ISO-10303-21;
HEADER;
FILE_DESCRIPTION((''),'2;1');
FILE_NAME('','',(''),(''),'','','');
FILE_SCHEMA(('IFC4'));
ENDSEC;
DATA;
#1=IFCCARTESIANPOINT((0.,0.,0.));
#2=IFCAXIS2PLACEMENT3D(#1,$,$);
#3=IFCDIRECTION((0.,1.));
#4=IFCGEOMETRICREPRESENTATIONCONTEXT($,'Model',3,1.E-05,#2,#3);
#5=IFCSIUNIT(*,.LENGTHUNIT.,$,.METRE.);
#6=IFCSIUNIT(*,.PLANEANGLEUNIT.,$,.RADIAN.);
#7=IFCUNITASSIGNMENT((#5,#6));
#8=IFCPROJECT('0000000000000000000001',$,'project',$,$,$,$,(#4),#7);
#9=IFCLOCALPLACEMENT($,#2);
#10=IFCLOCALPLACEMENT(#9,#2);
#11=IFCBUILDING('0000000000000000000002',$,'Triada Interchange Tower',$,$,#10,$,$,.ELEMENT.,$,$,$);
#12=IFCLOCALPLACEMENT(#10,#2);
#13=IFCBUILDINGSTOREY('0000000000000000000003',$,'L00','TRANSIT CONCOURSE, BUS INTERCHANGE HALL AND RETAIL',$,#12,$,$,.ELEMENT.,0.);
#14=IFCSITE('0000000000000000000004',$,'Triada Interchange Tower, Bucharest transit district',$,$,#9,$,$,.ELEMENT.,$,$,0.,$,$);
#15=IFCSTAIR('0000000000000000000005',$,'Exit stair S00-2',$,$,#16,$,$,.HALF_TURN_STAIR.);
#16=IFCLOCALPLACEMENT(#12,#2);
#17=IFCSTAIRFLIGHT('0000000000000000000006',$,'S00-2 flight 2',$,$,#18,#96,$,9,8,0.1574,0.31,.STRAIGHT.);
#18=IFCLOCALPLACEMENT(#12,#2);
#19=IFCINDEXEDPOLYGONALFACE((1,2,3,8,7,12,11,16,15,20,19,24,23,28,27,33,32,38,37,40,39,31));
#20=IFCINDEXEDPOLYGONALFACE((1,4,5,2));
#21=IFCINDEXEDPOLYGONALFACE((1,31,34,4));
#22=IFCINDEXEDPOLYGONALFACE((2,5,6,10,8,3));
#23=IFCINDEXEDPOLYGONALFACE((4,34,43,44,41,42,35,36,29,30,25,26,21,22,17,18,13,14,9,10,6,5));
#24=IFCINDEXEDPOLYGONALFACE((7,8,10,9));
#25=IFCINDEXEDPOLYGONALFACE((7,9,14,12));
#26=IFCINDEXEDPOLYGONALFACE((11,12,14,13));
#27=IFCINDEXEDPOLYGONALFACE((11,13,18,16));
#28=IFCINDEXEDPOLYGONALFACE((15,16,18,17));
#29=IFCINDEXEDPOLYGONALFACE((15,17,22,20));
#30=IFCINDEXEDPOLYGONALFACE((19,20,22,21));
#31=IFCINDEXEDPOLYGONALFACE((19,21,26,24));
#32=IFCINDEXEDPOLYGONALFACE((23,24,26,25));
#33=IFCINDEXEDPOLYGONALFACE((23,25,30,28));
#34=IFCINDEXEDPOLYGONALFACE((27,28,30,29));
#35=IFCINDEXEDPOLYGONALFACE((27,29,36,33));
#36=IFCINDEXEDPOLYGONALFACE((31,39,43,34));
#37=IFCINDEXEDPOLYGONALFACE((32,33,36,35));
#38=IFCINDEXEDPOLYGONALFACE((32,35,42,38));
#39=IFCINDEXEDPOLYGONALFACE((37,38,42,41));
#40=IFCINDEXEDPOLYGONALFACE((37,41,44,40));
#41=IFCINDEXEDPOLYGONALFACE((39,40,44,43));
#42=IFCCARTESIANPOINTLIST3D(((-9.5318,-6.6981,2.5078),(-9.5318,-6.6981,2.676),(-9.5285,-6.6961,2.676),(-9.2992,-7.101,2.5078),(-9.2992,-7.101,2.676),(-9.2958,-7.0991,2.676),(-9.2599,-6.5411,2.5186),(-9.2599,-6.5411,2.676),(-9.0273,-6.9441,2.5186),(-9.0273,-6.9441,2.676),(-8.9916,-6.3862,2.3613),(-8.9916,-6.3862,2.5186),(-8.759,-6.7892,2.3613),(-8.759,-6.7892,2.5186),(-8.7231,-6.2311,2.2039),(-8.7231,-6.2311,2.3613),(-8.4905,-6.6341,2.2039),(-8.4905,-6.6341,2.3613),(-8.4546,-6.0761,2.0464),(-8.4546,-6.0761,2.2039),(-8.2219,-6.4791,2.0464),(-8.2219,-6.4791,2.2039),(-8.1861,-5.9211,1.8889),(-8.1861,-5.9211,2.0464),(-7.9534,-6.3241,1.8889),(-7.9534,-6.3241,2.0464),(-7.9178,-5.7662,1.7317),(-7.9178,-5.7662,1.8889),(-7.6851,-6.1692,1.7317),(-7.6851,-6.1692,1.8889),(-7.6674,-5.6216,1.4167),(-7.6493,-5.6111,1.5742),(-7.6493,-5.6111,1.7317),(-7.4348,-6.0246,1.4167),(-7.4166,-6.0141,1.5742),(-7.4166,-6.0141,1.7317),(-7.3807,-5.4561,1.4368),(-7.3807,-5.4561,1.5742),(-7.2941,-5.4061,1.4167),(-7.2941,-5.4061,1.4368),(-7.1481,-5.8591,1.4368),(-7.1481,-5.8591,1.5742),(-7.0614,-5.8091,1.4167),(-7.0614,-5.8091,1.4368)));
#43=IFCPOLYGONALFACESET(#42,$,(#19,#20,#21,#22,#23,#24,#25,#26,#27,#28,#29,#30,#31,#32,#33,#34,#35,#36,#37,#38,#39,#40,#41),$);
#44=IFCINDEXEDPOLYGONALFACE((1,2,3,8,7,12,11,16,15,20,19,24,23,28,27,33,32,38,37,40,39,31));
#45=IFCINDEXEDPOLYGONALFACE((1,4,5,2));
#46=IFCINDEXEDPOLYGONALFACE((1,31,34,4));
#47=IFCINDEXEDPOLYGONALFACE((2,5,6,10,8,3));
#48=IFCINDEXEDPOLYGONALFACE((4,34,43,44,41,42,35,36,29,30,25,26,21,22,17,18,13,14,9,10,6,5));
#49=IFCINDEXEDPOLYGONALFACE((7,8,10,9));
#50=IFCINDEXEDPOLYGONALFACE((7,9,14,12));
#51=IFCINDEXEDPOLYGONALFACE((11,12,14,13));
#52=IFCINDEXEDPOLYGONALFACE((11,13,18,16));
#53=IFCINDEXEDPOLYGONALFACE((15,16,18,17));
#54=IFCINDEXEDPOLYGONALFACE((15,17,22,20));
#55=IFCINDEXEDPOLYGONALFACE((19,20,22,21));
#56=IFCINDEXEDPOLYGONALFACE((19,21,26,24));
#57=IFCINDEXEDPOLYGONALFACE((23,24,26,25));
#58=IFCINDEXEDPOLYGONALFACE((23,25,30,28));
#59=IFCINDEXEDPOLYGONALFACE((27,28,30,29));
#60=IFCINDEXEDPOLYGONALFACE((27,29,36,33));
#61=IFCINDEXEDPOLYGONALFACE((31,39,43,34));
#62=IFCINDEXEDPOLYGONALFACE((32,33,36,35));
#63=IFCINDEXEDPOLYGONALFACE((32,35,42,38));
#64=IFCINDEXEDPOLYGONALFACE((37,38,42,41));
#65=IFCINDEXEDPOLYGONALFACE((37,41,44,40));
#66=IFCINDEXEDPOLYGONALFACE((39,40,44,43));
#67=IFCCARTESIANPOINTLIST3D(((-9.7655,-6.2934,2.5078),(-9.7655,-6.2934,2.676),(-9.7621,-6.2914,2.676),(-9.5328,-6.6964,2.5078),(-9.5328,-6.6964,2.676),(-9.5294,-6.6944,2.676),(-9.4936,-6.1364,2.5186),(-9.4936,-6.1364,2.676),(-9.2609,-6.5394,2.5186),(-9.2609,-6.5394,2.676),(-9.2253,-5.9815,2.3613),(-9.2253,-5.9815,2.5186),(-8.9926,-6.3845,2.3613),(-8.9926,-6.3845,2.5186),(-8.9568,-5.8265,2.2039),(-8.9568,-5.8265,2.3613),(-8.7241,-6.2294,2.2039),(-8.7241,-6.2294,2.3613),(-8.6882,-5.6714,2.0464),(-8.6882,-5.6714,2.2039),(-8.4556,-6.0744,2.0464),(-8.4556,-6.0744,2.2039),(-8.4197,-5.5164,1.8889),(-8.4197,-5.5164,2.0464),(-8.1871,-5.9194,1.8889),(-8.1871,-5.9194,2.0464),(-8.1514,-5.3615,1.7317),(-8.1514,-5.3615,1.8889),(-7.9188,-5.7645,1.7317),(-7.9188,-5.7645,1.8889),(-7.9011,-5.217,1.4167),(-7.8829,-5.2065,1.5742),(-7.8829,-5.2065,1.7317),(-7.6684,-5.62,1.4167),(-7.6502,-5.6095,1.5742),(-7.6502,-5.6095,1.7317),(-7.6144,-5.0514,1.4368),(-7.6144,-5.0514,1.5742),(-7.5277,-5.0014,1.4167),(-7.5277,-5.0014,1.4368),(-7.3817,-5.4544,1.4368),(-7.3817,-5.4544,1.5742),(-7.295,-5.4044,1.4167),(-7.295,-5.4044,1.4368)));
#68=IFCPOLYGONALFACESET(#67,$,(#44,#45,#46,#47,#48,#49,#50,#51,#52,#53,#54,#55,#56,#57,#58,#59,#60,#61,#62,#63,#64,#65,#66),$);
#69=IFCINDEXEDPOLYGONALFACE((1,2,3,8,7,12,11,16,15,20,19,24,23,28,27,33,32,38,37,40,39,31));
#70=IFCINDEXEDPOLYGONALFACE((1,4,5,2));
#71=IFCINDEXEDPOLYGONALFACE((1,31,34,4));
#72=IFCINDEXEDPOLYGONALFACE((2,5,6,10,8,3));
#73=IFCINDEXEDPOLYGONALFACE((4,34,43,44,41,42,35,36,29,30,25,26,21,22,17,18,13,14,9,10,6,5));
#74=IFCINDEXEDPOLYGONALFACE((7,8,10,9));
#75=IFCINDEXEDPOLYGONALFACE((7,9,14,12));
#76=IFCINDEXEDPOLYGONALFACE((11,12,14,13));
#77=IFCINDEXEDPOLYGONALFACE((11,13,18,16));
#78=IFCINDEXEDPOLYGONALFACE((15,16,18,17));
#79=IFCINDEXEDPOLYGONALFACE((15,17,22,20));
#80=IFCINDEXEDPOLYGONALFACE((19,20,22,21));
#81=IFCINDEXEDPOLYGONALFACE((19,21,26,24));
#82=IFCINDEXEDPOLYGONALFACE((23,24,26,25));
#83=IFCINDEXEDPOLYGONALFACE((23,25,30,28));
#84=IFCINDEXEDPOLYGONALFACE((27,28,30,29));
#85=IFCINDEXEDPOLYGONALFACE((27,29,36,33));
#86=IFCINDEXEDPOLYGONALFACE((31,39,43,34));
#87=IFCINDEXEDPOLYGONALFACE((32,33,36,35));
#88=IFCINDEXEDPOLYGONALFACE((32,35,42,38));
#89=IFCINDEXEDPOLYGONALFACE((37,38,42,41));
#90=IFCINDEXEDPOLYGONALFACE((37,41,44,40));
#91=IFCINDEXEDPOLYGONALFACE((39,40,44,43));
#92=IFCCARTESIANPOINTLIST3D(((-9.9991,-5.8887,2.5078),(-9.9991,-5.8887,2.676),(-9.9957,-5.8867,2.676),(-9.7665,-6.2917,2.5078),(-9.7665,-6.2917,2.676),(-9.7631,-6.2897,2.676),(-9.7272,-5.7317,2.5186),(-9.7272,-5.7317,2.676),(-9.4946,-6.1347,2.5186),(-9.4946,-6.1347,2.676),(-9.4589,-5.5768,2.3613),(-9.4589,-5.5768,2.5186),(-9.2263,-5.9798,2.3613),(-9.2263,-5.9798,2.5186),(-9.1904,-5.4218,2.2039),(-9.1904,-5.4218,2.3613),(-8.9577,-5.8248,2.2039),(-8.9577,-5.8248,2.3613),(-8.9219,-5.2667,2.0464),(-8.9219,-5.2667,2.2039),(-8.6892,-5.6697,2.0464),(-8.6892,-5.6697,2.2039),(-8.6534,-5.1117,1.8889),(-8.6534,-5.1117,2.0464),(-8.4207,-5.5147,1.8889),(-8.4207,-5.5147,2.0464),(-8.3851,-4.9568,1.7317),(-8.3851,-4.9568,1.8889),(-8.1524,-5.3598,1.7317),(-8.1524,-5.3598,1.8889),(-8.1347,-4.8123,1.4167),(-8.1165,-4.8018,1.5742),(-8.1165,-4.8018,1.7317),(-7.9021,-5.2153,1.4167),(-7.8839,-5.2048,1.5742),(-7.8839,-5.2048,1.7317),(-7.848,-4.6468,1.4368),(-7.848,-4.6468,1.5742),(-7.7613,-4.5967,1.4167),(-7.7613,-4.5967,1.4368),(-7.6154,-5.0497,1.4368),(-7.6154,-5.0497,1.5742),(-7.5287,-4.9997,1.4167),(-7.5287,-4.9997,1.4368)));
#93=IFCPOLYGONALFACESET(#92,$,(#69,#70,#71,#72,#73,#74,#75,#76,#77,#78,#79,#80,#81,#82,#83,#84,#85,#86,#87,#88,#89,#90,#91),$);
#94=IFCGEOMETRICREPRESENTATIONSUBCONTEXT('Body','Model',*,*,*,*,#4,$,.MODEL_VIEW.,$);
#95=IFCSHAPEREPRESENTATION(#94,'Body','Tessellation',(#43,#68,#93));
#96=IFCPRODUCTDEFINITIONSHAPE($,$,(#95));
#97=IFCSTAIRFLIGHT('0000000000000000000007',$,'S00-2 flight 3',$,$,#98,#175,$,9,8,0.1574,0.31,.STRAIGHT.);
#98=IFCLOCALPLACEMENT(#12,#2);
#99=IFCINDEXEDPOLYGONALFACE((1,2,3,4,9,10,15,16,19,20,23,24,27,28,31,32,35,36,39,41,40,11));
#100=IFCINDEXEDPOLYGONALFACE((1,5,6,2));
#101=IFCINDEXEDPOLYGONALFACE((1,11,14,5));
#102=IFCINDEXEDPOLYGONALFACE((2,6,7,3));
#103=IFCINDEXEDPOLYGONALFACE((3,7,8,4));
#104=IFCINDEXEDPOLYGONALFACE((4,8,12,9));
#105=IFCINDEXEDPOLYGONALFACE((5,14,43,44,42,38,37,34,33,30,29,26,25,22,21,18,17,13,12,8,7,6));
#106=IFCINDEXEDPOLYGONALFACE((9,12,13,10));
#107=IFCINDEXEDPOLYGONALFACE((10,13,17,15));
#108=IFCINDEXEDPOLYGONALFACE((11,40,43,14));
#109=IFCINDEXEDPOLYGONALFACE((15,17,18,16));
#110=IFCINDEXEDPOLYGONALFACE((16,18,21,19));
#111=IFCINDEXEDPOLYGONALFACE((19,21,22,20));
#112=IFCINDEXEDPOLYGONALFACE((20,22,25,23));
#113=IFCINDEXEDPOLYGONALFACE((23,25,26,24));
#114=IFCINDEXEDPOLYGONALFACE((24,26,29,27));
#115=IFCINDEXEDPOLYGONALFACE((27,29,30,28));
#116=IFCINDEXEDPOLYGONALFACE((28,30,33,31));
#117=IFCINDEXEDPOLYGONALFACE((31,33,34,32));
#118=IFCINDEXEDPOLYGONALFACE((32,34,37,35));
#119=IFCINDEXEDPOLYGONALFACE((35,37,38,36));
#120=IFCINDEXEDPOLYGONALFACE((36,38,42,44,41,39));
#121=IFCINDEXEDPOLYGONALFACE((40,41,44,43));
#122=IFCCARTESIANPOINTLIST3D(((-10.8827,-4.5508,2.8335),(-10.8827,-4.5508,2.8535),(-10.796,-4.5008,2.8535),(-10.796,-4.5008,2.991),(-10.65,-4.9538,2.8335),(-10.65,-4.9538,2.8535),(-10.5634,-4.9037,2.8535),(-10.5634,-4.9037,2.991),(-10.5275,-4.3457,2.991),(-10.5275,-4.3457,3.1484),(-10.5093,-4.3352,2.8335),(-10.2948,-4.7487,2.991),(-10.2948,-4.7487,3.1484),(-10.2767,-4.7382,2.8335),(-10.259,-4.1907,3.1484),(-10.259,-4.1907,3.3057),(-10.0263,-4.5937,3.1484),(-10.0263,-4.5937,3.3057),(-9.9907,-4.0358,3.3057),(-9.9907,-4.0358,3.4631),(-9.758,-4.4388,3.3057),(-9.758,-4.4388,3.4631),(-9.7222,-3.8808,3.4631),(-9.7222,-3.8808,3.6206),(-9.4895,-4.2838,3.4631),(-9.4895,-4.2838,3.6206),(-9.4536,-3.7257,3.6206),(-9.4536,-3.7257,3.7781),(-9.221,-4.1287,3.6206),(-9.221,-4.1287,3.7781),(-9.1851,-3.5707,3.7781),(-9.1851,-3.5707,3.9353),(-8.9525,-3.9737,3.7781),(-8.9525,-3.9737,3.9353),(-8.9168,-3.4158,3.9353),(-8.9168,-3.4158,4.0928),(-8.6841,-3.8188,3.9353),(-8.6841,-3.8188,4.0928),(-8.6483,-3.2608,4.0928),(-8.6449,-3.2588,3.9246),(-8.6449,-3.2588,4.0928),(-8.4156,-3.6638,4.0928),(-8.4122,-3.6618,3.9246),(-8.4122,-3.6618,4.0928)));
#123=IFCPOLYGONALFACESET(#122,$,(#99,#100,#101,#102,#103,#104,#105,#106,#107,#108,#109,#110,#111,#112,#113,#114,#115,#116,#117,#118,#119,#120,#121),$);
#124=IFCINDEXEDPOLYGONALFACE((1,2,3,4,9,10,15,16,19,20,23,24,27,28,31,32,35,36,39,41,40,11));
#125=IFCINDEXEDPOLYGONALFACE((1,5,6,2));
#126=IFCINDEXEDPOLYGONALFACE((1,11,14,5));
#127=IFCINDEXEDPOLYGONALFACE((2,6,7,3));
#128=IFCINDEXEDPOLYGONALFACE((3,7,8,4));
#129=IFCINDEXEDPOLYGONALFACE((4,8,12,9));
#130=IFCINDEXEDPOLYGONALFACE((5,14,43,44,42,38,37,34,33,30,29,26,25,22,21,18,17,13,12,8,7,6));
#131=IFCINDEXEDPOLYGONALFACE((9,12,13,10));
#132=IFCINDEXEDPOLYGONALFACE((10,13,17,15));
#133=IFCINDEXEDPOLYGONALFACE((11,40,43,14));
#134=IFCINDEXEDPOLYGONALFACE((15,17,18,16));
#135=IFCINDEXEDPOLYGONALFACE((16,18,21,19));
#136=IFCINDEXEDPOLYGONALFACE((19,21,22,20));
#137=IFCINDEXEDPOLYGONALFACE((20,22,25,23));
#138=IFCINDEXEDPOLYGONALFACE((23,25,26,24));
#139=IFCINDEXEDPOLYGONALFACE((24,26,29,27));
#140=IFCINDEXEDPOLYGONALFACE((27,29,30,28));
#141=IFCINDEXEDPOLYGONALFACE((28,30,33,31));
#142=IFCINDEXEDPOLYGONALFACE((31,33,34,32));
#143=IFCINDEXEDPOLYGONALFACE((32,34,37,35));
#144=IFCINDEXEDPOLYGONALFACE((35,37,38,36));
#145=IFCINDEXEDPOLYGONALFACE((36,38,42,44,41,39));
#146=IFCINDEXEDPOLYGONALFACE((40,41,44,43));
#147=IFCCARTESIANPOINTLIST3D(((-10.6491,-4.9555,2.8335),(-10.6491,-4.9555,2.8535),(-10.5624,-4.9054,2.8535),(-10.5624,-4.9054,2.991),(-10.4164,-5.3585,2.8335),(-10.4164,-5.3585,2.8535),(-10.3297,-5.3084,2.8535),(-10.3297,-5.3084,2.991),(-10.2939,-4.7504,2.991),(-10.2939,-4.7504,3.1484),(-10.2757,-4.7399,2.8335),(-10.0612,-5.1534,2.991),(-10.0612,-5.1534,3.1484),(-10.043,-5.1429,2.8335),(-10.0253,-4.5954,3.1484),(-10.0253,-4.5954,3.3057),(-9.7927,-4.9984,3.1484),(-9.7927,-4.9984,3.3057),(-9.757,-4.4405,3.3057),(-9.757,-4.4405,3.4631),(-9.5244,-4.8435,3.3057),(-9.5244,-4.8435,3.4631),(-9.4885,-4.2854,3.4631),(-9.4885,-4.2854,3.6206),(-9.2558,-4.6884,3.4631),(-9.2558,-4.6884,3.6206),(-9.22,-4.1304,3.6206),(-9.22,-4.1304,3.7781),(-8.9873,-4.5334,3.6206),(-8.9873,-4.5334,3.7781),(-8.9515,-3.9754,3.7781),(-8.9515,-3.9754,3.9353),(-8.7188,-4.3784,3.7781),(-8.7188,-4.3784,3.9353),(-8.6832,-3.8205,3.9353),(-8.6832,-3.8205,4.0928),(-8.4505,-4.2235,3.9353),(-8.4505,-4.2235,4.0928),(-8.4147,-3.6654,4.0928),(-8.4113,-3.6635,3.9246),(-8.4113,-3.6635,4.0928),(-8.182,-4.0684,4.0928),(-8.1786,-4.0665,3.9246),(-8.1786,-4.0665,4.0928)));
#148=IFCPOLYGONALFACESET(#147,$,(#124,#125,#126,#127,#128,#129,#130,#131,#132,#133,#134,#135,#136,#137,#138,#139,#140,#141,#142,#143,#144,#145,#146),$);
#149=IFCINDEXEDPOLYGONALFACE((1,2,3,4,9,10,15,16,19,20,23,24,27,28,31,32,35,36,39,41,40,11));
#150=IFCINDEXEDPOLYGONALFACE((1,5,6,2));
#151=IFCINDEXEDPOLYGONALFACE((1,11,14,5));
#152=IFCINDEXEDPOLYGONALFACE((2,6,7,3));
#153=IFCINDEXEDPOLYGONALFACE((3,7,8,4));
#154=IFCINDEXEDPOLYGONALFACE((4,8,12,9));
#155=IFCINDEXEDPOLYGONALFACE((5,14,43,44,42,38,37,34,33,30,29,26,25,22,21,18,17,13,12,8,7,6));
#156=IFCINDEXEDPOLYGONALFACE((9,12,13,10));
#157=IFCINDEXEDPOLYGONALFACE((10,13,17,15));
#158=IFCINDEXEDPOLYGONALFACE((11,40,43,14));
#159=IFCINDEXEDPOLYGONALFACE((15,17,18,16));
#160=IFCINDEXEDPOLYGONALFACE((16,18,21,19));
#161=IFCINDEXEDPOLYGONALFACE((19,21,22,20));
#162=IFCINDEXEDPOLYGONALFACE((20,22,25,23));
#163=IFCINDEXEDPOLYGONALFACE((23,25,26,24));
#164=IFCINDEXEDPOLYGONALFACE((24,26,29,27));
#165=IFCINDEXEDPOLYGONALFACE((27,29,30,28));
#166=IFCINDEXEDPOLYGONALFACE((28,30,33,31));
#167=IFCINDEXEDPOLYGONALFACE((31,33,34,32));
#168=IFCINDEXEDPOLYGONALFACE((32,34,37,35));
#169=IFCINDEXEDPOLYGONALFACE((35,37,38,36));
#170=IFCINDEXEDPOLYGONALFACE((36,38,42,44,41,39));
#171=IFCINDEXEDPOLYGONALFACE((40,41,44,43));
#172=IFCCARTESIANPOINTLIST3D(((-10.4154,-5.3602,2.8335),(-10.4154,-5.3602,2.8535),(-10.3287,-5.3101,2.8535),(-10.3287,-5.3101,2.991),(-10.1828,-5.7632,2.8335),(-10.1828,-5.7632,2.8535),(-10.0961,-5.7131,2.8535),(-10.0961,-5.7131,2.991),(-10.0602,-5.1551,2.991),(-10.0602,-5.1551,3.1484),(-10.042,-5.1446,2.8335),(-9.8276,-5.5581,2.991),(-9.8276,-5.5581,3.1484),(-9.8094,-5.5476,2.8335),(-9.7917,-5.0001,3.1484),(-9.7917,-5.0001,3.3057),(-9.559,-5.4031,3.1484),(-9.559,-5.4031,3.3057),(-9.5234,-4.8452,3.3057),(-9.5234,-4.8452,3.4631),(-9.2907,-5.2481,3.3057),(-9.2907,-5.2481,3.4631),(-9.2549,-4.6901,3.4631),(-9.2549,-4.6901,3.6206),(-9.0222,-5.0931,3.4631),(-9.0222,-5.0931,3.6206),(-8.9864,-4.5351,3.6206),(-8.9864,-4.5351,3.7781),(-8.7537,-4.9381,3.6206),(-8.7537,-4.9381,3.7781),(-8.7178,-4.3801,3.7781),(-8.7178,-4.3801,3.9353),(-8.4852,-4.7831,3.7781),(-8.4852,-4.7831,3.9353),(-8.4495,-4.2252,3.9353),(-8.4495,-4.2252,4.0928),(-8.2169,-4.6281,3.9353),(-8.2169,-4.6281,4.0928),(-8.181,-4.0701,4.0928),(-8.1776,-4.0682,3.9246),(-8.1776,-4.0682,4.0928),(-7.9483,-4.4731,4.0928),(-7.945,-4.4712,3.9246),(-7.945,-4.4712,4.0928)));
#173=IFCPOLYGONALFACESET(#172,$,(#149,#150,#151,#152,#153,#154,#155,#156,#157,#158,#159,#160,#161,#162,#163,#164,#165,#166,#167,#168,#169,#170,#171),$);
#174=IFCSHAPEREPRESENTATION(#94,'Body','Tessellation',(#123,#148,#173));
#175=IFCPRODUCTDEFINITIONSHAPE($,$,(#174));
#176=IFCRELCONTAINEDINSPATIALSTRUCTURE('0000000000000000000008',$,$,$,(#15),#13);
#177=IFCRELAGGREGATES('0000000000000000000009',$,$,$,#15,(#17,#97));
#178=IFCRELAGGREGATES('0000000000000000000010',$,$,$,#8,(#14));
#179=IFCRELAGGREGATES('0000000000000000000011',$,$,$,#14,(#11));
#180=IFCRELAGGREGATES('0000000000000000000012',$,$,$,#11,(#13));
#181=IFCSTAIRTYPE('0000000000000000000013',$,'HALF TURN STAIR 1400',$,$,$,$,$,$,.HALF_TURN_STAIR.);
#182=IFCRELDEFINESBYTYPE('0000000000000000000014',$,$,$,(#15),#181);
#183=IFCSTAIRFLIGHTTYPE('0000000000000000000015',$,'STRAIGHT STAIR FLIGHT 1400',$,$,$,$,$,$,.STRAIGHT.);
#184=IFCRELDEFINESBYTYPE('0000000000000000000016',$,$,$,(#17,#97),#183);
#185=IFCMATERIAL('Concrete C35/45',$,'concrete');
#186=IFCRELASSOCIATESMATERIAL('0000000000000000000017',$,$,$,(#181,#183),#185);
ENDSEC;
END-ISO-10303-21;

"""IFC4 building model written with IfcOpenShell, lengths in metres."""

from ifc_helpers import new_model, si_unit, direction, frame, origin, place, context, subcontext, project, spatial, polyline, outline, extrude, material, type_object, element, aggregate, save


model = new_model("IFC4")

# Units and contexts
model_context = context("Model", 3, precision=1e-05, world=origin(), true_north=direction((0.0, 1.0)))
body_context = subcontext(model_context, "Body", "Model", "MODEL_VIEW")
ifc_project = project(units=[si_unit("LENGTHUNIT", "METRE"), si_unit("PLANEANGLEUNIT", "RADIAN")], contexts=[model_context])

# Site, building, storey
site_placement = place(None, origin())
site = spatial("IfcSite", under=ifc_project, at=site_placement, Name="Triada Interchange Tower, Bucharest transit district", CompositionType="ELEMENT", RefElevation=0.0)
building_placement = place(site_placement, origin())
building = spatial("IfcBuilding", under=site, at=building_placement, Name="Triada Interchange Tower", CompositionType="ELEMENT")
storey_placement = place(building_placement, origin())
storey = spatial("IfcBuildingStorey", under=building, at=storey_placement, Name="L00", Description="TRANSIT CONCOURSE, BUS INTERCHANGE HALL AND RETAIL", CompositionType="ELEMENT", Elevation=0.0)

# Shared definitions
ifc_material_1 = material(Name="Concrete C35/45", Category="concrete")

# Stair, stair flights
stair_type = type_object("IfcStairType", Name="HALF TURN STAIR 1400", PredefinedType="HALF_TURN_STAIR", material=ifc_material_1)
stair_placement = place(storey_placement, origin())
stair = element("IfcStair", 1, at=stair_placement, inside=storey, type_object=stair_type, Name="Exit stair S00-2", PredefinedType="HALF_TURN_STAIR")
stair_flight_type = type_object("IfcStairFlightType", Name="STRAIGHT STAIR FLIGHT 1400", PredefinedType="STRAIGHT", material=ifc_material_1)
stair_flight_1_placement = place(storey_placement, frame((-7.498, -5.2529, 1.4167), z_axis=(0.0, 0.0, 1.0), x_axis=(-0.866025, -0.5, 0.0)))
stair_flight_1 = element("IfcStairFlight", 2, at=stair_flight_1_placement, type_object=stair_flight_type, Name="S00-2 flight 2", NumberOfRisers=9, NumberOfTreads=8, PredefinedType="STRAIGHT", RiserHeight=0.1574, TreadLength=0.31, context=body_context, shape_type="SweptSolid", body=[
    extrude(outline(polyline([(-0.1001, 0.0), (-0.1001, 0.02), (0.0, 0.02), (0.0, 0.1575), (0.3101, 0.1575), (0.3101, 0.3149), (0.6201, 0.3149), (0.6201, 0.4722), (0.9299, 0.4722), (0.9299, 0.6296), (1.24, 0.6296), (1.24, 0.7871), (1.55, 0.7871), (1.55, 0.9446), (1.8601, 0.9446), (1.8601, 1.1018), (2.1699, 1.1018), (2.1699, 1.2593), (2.48, 1.2593), (2.4839, 1.2593), (2.4839, 1.4167), (2.4839, 1.0911), (0.3311, 0.0), (-0.1001, 0.0)])), frame((0.0, 0.7, 0.0), z_axis=(0.0, -1.0, 0.0), x_axis=(1.0, 0.0, 0.0)), (0.0, 0.0, 1.0), 0.4653),
    extrude(outline(polyline([(-0.1001, 0.0), (-0.1001, 0.02), (0.0, 0.02), (0.0, 0.1575), (0.3101, 0.1575), (0.3101, 0.3149), (0.6201, 0.3149), (0.6201, 0.4722), (0.9299, 0.4722), (0.9299, 0.6296), (1.24, 0.6296), (1.24, 0.7871), (1.55, 0.7871), (1.55, 0.9446), (1.8601, 0.9446), (1.8601, 1.1018), (2.1699, 1.1018), (2.1699, 1.2593), (2.48, 1.2593), (2.4839, 1.2593), (2.4839, 1.4167), (2.4839, 1.0911), (0.3311, 0.0), (-0.1001, 0.0)])), frame((0.0, 0.2327, 0.0), z_axis=(0.0, -1.0, 0.0), x_axis=(1.0, 0.0, 0.0)), (0.0, 0.0, 1.0), 0.4653),
    extrude(outline(polyline([(-0.1001, 0.0), (-0.1001, 0.02), (0.0, 0.02), (0.0, 0.1575), (0.3101, 0.1575), (0.3101, 0.3149), (0.6201, 0.3149), (0.6201, 0.4722), (0.9299, 0.4722), (0.9299, 0.6296), (1.24, 0.6296), (1.24, 0.7871), (1.55, 0.7871), (1.55, 0.9446), (1.8601, 0.9446), (1.8601, 1.1018), (2.1699, 1.1018), (2.1699, 1.2593), (2.48, 1.2593), (2.4839, 1.2593), (2.4839, 1.4167), (2.4839, 1.0911), (0.3311, 0.0), (-0.1001, 0.0)])), frame((0.0, -0.2346, 0.0), z_axis=(0.0, -1.0, 0.0), x_axis=(1.0, 0.0, 0.0)), (0.0, 0.0, 1.0), 0.4653),
])
stair_flight_2_placement = place(storey_placement, frame((-10.446, -5.1069, 2.8335), z_axis=(0.0, 0.0, 1.0), x_axis=(0.866025, 0.5, 0.0)))
stair_flight_2 = element("IfcStairFlight", 3, at=stair_flight_2_placement, type_object=stair_flight_type, Name="S00-2 flight 3", NumberOfRisers=9, NumberOfTreads=8, PredefinedType="STRAIGHT", RiserHeight=0.1574, TreadLength=0.31, context=body_context, shape_type="SweptSolid", body=[
    extrude(outline(polyline([(-0.1001, 0.0), (-0.1001, 0.02), (0.0, 0.02), (0.0, 0.1575), (0.3101, 0.1575), (0.3101, 0.3149), (0.6201, 0.3149), (0.6201, 0.4722), (0.9299, 0.4722), (0.9299, 0.6296), (1.24, 0.6296), (1.24, 0.7871), (1.55, 0.7871), (1.55, 0.9446), (1.8601, 0.9446), (1.8601, 1.1018), (2.1699, 1.1018), (2.1699, 1.2593), (2.48, 1.2593), (2.4839, 1.2593), (2.4839, 1.4167), (2.4839, 1.0911), (0.3311, 0.0), (-0.1001, 0.0)])), frame((0.0, 0.7, 0.0), z_axis=(0.0, -1.0, 0.0), x_axis=(1.0, 0.0, 0.0)), (0.0, 0.0, 1.0), 0.4653),
    extrude(outline(polyline([(-0.1001, 0.0), (-0.1001, 0.02), (0.0, 0.02), (0.0, 0.1575), (0.3101, 0.1575), (0.3101, 0.3149), (0.6201, 0.3149), (0.6201, 0.4722), (0.9299, 0.4722), (0.9299, 0.6296), (1.24, 0.6296), (1.24, 0.7871), (1.55, 0.7871), (1.55, 0.9446), (1.8601, 0.9446), (1.8601, 1.1018), (2.1699, 1.1018), (2.1699, 1.2593), (2.48, 1.2593), (2.4839, 1.2593), (2.4839, 1.4167), (2.4839, 1.0911), (0.3311, 0.0), (-0.1001, 0.0)])), frame((0.0, 0.2327, 0.0), z_axis=(0.0, -1.0, 0.0), x_axis=(1.0, 0.0, 0.0)), (0.0, 0.0, 1.0), 0.4653),
    extrude(outline(polyline([(-0.1001, 0.0), (-0.1001, 0.02), (0.0, 0.02), (0.0, 0.1575), (0.3101, 0.1575), (0.3101, 0.3149), (0.6201, 0.3149), (0.6201, 0.4722), (0.9299, 0.4722), (0.9299, 0.6296), (1.24, 0.6296), (1.24, 0.7871), (1.55, 0.7871), (1.55, 0.9446), (1.8601, 0.9446), (1.8601, 1.1018), (2.1699, 1.1018), (2.1699, 1.2593), (2.48, 1.2593), (2.4839, 1.2593), (2.4839, 1.4167), (2.4839, 1.0911), (0.3311, 0.0), (-0.1001, 0.0)])), frame((0.0, -0.2346, 0.0), z_axis=(0.0, -1.0, 0.0), x_axis=(1.0, 0.0, 0.0)), (0.0, 0.0, 1.0), 0.4653),
])
aggregate(stair, [stair_flight_1, stair_flight_2])

save(model, "model.ifc")
